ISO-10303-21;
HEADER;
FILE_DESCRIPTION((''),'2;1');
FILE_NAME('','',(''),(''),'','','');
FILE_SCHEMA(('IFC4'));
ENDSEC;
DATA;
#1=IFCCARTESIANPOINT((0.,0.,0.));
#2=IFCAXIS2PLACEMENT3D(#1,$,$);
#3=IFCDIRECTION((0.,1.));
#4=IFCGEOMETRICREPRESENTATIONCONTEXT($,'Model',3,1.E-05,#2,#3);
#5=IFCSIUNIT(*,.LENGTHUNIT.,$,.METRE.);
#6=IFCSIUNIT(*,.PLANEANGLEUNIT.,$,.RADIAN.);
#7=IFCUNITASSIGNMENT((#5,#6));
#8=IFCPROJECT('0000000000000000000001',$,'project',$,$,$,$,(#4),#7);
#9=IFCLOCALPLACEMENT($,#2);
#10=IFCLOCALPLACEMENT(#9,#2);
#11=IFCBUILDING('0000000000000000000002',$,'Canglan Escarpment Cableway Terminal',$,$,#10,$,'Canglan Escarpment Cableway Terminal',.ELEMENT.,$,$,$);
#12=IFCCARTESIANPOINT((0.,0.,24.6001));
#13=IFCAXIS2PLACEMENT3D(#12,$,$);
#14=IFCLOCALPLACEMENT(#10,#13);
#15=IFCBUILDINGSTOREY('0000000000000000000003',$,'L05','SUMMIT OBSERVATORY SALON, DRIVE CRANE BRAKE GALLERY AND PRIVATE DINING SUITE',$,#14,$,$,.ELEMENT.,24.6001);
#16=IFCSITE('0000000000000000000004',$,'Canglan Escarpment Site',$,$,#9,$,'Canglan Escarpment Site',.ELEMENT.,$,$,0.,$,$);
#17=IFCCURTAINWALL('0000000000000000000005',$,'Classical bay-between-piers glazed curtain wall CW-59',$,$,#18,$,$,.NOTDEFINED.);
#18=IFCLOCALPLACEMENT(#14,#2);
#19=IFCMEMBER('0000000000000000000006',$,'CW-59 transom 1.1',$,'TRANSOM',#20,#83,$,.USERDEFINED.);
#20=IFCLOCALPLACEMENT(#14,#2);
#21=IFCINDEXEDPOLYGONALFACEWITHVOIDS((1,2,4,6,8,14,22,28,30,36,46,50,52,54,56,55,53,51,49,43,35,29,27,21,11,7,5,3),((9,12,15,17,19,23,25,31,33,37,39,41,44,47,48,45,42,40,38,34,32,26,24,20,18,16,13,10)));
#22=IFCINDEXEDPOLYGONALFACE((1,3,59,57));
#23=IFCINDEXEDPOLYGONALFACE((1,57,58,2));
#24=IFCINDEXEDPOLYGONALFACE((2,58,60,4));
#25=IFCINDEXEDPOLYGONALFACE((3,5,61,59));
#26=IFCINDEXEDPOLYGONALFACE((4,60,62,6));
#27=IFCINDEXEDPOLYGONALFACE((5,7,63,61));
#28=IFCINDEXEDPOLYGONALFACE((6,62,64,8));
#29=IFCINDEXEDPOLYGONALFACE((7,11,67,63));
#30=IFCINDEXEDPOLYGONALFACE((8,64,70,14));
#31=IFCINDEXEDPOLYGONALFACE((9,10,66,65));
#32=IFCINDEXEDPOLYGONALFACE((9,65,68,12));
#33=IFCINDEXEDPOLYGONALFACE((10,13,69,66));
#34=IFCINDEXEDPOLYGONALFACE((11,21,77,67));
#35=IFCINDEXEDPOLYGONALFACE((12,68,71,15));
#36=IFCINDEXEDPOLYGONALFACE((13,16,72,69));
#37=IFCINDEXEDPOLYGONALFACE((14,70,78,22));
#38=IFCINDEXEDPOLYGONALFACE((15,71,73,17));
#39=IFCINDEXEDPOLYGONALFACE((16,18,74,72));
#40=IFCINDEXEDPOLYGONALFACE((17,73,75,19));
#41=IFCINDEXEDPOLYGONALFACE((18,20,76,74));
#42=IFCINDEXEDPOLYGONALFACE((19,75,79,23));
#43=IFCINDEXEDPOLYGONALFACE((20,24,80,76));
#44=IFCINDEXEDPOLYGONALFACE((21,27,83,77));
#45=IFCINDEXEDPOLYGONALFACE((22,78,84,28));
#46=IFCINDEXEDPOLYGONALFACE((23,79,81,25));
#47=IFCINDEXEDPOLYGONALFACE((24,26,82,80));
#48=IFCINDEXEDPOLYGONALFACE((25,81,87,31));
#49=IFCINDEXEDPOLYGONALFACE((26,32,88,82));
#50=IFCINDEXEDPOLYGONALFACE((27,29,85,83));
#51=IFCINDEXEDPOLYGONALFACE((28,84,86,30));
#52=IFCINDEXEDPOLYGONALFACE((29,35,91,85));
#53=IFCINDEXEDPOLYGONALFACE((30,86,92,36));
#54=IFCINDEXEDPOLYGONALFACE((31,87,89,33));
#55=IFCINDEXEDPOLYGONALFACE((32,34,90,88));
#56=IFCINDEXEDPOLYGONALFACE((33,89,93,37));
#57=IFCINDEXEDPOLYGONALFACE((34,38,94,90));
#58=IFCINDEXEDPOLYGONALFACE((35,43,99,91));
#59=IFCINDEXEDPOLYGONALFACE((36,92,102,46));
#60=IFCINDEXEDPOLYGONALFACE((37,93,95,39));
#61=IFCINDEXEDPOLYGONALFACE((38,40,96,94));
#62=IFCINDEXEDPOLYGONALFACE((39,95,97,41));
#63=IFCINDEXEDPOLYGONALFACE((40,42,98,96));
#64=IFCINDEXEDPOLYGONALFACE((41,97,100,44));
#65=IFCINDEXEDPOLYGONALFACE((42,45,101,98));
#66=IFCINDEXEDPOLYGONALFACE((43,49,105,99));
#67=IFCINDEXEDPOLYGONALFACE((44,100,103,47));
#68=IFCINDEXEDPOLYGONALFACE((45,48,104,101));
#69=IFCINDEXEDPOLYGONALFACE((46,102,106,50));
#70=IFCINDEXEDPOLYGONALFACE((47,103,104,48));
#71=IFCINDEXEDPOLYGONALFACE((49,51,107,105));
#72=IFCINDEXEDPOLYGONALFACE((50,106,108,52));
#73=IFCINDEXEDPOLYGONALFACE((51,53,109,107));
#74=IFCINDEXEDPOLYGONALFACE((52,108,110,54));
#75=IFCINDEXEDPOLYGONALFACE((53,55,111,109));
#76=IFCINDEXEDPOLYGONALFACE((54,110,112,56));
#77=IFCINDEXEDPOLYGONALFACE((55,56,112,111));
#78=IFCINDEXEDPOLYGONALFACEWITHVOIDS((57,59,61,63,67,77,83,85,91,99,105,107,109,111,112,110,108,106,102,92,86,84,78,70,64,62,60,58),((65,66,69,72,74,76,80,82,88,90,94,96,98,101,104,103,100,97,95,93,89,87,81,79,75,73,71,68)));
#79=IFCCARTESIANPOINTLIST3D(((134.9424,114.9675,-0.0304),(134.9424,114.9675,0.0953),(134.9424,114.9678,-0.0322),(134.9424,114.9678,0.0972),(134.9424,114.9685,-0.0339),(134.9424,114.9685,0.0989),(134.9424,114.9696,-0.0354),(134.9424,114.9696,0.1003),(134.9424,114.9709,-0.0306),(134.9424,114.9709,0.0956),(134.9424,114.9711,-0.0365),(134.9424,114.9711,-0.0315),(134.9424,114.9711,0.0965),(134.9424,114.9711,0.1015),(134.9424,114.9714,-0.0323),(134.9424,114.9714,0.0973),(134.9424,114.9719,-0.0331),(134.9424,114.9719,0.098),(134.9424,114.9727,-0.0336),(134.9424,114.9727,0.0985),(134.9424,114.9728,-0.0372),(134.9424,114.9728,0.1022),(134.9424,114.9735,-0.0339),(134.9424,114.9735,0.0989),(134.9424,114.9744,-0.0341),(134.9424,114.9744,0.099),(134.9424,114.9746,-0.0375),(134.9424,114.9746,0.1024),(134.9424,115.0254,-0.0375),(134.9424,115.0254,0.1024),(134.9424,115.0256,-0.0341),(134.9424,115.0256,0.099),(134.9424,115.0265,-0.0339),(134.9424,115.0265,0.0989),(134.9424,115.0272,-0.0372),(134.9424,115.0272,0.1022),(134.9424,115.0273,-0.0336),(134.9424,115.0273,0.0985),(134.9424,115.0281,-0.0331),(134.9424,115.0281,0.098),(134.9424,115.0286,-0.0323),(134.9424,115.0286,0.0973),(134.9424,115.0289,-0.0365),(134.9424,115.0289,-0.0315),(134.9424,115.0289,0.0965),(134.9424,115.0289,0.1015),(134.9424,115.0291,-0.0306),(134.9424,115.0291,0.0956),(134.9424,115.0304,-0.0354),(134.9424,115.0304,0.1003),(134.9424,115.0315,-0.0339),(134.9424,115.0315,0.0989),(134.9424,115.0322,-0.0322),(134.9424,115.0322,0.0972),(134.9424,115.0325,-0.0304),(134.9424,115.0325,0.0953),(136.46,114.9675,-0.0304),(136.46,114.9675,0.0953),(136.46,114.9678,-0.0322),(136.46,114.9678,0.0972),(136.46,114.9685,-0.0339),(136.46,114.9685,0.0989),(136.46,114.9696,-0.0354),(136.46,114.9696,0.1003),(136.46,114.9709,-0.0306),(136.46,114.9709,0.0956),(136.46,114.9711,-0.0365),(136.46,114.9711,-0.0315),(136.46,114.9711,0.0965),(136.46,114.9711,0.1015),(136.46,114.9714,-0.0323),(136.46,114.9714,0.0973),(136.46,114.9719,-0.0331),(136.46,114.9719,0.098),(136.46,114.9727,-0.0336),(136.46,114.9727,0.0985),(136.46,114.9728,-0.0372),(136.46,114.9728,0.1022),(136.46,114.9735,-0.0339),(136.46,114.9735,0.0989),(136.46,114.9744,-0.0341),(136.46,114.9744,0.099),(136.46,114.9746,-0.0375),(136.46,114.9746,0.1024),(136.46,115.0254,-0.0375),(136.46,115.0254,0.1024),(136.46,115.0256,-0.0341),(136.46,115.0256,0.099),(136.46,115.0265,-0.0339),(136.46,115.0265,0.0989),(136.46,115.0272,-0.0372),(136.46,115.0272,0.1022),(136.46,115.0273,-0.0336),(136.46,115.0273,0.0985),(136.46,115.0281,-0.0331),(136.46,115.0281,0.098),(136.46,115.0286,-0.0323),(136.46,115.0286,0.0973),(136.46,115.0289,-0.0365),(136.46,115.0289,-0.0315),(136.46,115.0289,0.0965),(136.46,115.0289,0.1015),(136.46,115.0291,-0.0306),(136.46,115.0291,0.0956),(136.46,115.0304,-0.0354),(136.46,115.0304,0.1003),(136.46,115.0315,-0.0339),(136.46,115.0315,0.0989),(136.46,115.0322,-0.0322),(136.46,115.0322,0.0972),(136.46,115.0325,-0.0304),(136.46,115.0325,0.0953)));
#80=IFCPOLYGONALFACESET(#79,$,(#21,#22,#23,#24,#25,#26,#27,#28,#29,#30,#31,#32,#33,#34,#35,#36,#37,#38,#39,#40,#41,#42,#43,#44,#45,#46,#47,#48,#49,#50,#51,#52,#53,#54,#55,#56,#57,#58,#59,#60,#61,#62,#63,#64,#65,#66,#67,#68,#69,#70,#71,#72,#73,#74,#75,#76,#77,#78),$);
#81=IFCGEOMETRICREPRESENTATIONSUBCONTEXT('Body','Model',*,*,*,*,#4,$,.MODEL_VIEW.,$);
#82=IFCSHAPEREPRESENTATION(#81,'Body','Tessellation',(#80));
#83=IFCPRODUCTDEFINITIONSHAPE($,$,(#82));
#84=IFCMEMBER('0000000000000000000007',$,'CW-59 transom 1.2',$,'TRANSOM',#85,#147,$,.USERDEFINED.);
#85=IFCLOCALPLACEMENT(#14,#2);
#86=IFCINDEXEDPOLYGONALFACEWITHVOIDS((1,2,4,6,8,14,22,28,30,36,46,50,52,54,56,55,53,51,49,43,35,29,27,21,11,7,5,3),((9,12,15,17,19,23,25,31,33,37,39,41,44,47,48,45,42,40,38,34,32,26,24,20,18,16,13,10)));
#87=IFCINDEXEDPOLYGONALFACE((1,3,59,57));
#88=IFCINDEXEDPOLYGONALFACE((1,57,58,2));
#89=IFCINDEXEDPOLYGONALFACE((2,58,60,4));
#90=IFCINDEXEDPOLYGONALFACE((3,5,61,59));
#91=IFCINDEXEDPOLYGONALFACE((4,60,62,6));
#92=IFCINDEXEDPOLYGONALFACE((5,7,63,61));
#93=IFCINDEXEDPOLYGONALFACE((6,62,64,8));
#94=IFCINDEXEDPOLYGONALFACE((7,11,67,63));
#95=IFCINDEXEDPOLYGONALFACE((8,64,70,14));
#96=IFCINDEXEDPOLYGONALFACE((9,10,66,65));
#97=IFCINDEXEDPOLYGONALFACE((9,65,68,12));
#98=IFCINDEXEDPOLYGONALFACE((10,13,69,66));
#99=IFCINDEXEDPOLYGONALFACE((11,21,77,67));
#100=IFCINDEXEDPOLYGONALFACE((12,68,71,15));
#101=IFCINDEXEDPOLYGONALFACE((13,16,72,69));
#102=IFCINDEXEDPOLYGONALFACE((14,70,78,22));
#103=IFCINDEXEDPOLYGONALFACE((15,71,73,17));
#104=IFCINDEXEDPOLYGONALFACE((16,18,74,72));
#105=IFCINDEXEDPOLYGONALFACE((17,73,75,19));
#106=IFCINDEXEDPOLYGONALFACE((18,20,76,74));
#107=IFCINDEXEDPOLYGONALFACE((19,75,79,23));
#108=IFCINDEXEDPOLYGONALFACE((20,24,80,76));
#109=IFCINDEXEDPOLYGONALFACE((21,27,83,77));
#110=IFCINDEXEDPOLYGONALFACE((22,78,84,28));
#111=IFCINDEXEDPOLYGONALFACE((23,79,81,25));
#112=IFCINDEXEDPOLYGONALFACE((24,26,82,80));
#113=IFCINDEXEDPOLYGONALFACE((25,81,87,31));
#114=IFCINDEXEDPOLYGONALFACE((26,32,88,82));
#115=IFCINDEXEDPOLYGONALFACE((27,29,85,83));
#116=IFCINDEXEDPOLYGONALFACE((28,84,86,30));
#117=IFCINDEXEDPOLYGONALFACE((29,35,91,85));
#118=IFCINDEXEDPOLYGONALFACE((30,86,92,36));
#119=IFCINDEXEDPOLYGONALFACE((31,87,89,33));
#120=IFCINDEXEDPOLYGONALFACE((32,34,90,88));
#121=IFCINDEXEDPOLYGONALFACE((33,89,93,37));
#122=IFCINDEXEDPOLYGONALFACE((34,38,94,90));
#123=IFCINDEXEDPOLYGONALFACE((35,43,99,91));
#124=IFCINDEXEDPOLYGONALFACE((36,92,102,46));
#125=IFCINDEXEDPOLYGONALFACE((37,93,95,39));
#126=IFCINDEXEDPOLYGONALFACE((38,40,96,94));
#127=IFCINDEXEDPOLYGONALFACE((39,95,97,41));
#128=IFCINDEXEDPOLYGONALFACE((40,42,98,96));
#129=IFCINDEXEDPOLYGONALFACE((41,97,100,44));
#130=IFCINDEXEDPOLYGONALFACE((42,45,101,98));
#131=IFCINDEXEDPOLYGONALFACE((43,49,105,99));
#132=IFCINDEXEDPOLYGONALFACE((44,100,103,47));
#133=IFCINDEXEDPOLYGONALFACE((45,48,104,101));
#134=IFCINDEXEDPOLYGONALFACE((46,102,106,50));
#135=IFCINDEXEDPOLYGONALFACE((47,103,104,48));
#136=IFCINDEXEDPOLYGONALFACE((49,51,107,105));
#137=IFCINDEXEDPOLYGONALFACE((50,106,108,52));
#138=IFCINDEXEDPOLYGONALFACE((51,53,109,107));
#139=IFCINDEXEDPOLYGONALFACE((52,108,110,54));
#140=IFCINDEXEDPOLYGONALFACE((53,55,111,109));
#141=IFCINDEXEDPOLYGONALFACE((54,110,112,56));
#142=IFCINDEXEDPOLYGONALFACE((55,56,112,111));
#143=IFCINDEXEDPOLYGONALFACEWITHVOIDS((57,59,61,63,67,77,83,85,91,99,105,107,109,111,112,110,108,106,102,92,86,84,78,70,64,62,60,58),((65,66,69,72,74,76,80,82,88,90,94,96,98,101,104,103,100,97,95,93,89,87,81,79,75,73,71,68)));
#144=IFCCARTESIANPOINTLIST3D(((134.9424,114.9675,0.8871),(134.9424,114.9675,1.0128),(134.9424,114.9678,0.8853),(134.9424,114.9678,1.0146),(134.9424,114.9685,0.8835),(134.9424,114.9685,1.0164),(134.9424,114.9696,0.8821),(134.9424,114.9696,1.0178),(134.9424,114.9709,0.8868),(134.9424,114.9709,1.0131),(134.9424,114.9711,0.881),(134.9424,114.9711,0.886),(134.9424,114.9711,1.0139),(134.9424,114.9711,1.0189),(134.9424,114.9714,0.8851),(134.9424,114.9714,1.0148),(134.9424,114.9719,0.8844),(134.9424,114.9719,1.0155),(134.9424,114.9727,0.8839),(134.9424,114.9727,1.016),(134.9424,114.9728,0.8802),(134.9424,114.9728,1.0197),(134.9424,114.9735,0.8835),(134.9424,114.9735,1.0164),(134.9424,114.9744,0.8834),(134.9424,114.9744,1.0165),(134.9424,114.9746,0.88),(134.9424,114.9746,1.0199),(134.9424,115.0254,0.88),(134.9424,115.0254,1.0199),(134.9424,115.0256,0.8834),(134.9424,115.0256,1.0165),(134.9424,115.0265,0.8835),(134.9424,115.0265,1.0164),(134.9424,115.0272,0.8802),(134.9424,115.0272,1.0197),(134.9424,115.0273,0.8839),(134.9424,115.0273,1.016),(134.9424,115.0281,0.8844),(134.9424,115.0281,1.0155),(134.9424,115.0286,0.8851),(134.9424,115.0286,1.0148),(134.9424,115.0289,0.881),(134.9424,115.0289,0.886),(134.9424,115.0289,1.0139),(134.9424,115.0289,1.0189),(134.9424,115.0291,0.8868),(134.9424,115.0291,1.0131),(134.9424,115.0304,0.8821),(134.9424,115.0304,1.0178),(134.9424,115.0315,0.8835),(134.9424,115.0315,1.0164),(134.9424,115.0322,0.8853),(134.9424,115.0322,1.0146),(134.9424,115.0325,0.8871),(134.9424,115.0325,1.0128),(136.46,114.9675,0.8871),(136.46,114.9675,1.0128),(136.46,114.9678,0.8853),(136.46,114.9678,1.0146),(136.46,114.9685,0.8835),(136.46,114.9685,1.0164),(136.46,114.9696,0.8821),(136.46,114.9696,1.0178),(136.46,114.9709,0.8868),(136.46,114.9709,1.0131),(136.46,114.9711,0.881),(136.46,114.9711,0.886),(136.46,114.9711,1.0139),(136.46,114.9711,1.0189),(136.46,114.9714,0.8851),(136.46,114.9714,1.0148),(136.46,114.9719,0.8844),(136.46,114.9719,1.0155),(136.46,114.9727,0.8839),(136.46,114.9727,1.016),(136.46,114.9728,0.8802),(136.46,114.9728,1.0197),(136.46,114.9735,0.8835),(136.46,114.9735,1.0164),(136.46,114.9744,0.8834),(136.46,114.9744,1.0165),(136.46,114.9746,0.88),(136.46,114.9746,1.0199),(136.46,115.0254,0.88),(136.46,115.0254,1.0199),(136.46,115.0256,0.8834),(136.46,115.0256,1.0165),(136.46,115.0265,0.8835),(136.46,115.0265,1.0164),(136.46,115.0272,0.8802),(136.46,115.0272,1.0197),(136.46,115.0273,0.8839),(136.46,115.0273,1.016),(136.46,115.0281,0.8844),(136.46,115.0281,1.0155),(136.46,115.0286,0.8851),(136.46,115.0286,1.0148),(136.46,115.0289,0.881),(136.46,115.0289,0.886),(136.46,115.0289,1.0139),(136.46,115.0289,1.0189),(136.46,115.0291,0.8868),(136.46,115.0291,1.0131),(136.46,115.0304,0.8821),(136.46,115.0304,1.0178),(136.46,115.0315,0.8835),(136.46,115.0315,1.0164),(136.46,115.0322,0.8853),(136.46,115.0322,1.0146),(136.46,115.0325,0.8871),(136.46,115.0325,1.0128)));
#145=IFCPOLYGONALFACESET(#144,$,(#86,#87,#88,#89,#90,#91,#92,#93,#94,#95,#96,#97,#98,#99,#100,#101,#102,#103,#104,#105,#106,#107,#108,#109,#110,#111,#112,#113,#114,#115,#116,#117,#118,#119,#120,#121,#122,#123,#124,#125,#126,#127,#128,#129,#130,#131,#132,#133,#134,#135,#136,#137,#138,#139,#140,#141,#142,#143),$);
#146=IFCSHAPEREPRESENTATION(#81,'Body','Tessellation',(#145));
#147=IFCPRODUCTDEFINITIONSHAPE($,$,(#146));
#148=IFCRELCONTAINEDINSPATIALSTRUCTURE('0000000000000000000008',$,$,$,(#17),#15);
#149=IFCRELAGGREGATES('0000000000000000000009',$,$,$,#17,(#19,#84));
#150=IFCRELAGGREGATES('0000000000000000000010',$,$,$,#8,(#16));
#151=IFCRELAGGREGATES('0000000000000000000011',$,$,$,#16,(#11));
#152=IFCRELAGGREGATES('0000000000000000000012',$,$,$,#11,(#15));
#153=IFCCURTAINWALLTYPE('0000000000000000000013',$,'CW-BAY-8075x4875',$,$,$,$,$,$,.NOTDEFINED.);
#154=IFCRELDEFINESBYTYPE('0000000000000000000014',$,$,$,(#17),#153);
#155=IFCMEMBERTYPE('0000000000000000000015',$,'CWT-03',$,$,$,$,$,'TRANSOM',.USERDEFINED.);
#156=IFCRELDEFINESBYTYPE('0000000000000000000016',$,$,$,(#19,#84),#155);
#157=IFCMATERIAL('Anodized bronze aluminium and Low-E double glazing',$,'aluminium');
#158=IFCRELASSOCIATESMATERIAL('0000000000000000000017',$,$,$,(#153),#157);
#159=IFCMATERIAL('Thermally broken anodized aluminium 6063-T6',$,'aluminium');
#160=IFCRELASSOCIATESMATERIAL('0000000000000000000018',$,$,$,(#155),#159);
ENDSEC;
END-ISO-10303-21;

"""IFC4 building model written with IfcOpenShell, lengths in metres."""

from ifc_helpers import new_model, si_unit, direction, frame, origin, origin_2d, place, context, subcontext, project, spatial, hollow_rectangle, extrude, material, material_profile, profile_set, type_object, element, aggregate, save


model = new_model("IFC4")

# Units and contexts
model_context = context("Model", 3, precision=1e-05, world=origin(), true_north=direction((0.0, 1.0)))
body_context = subcontext(model_context, "Body", "Model", "MODEL_VIEW")
ifc_project = project(units=[si_unit("LENGTHUNIT", "METRE"), si_unit("PLANEANGLEUNIT", "RADIAN")], contexts=[model_context])

# Site, building, storey
site_placement = place(None, origin())
site = spatial("IfcSite", under=ifc_project, at=site_placement, Name="Canglan Escarpment Site", LongName="Canglan Escarpment Site", CompositionType="ELEMENT", RefElevation=0.0)
building_placement = place(site_placement, origin())
building = spatial("IfcBuilding", under=site, at=building_placement, Name="Canglan Escarpment Cableway Terminal", LongName="Canglan Escarpment Cableway Terminal", CompositionType="ELEMENT")
storey_placement = place(building_placement, frame((0.0, 0.0, 24.6001)))
storey = spatial("IfcBuildingStorey", under=building, at=storey_placement, Name="L05", Description="SUMMIT OBSERVATORY SALON, DRIVE CRANE BRAKE GALLERY AND PRIVATE DINING SUITE", CompositionType="ELEMENT", Elevation=24.6001)

# Curtain wall, members
ifc_material_1 = material(Name="Anodized bronze aluminium and Low-E double glazing", Category="aluminium")
curtain_wall_type = type_object("IfcCurtainWallType", Name="CW-BAY-8075x4875", PredefinedType="NOTDEFINED", material=ifc_material_1)
curtain_wall_placement = place(storey_placement, origin())
curtain_wall = element("IfcCurtainWall", 1, at=curtain_wall_placement, inside=storey, type_object=curtain_wall_type, Name="Classical bay-between-piers glazed curtain wall CW-59", PredefinedType="NOTDEFINED")
ifc_material_2 = material(Name="Thermally broken anodized aluminium 6063-T6", Category="aluminium")
ifc_material_profile_1 = material_profile(ifc_material_2, hollow_rectangle(XDim=0.0649, YDim=0.1399, WallThickness=0.0034, InnerFilletRadius=0.0034, OuterFilletRadius=0.0071, at=origin_2d()), Name="ALU-TRAN 65x140x3.5")
ifc_profile_set_1 = profile_set([ifc_material_profile_1], Name="Thermally broken anodized aluminium 6063-T6")
member_type_1 = type_object("IfcMemberType", Name="CWT-03", ElementType="TRANSOM", PredefinedType="USERDEFINED", material=ifc_profile_set_1)
member_1_placement = place(storey_placement, frame((136.46, 115.0, 0.0325), z_axis=(-1.0, 0.0, 0.0), x_axis=(0.0, -1.0, 0.0)))
member_1 = element("IfcMember", 2, at=member_1_placement, type_object=member_type_1, Name="CW-59 transom 1.1", ObjectType="TRANSOM", PredefinedType="USERDEFINED", context=body_context, shape_type="SweptSolid", body=[
    extrude(hollow_rectangle(XDim=0.0649, YDim=0.1399, WallThickness=0.0034, InnerFilletRadius=0.0034, OuterFilletRadius=0.0071, at=origin_2d()), origin(), (0.0, 0.0, 1.0), 1.5176),
])
member_2_placement = place(storey_placement, frame((136.46, 115.0, 0.95), z_axis=(-1.0, 0.0, 0.0), x_axis=(0.0, -1.0, 0.0)))
member_2 = element("IfcMember", 3, at=member_2_placement, type_object=member_type_1, Name="CW-59 transom 1.2", ObjectType="TRANSOM", PredefinedType="USERDEFINED", context=body_context, shape_type="SweptSolid", body=[
    extrude(hollow_rectangle(XDim=0.0649, YDim=0.1399, WallThickness=0.0034, InnerFilletRadius=0.0034, OuterFilletRadius=0.0071, at=origin_2d()), origin(), (0.0, 0.0, 1.0), 1.5176),
])
aggregate(curtain_wall, [member_1, member_2])

save(model, "model.ifc")
